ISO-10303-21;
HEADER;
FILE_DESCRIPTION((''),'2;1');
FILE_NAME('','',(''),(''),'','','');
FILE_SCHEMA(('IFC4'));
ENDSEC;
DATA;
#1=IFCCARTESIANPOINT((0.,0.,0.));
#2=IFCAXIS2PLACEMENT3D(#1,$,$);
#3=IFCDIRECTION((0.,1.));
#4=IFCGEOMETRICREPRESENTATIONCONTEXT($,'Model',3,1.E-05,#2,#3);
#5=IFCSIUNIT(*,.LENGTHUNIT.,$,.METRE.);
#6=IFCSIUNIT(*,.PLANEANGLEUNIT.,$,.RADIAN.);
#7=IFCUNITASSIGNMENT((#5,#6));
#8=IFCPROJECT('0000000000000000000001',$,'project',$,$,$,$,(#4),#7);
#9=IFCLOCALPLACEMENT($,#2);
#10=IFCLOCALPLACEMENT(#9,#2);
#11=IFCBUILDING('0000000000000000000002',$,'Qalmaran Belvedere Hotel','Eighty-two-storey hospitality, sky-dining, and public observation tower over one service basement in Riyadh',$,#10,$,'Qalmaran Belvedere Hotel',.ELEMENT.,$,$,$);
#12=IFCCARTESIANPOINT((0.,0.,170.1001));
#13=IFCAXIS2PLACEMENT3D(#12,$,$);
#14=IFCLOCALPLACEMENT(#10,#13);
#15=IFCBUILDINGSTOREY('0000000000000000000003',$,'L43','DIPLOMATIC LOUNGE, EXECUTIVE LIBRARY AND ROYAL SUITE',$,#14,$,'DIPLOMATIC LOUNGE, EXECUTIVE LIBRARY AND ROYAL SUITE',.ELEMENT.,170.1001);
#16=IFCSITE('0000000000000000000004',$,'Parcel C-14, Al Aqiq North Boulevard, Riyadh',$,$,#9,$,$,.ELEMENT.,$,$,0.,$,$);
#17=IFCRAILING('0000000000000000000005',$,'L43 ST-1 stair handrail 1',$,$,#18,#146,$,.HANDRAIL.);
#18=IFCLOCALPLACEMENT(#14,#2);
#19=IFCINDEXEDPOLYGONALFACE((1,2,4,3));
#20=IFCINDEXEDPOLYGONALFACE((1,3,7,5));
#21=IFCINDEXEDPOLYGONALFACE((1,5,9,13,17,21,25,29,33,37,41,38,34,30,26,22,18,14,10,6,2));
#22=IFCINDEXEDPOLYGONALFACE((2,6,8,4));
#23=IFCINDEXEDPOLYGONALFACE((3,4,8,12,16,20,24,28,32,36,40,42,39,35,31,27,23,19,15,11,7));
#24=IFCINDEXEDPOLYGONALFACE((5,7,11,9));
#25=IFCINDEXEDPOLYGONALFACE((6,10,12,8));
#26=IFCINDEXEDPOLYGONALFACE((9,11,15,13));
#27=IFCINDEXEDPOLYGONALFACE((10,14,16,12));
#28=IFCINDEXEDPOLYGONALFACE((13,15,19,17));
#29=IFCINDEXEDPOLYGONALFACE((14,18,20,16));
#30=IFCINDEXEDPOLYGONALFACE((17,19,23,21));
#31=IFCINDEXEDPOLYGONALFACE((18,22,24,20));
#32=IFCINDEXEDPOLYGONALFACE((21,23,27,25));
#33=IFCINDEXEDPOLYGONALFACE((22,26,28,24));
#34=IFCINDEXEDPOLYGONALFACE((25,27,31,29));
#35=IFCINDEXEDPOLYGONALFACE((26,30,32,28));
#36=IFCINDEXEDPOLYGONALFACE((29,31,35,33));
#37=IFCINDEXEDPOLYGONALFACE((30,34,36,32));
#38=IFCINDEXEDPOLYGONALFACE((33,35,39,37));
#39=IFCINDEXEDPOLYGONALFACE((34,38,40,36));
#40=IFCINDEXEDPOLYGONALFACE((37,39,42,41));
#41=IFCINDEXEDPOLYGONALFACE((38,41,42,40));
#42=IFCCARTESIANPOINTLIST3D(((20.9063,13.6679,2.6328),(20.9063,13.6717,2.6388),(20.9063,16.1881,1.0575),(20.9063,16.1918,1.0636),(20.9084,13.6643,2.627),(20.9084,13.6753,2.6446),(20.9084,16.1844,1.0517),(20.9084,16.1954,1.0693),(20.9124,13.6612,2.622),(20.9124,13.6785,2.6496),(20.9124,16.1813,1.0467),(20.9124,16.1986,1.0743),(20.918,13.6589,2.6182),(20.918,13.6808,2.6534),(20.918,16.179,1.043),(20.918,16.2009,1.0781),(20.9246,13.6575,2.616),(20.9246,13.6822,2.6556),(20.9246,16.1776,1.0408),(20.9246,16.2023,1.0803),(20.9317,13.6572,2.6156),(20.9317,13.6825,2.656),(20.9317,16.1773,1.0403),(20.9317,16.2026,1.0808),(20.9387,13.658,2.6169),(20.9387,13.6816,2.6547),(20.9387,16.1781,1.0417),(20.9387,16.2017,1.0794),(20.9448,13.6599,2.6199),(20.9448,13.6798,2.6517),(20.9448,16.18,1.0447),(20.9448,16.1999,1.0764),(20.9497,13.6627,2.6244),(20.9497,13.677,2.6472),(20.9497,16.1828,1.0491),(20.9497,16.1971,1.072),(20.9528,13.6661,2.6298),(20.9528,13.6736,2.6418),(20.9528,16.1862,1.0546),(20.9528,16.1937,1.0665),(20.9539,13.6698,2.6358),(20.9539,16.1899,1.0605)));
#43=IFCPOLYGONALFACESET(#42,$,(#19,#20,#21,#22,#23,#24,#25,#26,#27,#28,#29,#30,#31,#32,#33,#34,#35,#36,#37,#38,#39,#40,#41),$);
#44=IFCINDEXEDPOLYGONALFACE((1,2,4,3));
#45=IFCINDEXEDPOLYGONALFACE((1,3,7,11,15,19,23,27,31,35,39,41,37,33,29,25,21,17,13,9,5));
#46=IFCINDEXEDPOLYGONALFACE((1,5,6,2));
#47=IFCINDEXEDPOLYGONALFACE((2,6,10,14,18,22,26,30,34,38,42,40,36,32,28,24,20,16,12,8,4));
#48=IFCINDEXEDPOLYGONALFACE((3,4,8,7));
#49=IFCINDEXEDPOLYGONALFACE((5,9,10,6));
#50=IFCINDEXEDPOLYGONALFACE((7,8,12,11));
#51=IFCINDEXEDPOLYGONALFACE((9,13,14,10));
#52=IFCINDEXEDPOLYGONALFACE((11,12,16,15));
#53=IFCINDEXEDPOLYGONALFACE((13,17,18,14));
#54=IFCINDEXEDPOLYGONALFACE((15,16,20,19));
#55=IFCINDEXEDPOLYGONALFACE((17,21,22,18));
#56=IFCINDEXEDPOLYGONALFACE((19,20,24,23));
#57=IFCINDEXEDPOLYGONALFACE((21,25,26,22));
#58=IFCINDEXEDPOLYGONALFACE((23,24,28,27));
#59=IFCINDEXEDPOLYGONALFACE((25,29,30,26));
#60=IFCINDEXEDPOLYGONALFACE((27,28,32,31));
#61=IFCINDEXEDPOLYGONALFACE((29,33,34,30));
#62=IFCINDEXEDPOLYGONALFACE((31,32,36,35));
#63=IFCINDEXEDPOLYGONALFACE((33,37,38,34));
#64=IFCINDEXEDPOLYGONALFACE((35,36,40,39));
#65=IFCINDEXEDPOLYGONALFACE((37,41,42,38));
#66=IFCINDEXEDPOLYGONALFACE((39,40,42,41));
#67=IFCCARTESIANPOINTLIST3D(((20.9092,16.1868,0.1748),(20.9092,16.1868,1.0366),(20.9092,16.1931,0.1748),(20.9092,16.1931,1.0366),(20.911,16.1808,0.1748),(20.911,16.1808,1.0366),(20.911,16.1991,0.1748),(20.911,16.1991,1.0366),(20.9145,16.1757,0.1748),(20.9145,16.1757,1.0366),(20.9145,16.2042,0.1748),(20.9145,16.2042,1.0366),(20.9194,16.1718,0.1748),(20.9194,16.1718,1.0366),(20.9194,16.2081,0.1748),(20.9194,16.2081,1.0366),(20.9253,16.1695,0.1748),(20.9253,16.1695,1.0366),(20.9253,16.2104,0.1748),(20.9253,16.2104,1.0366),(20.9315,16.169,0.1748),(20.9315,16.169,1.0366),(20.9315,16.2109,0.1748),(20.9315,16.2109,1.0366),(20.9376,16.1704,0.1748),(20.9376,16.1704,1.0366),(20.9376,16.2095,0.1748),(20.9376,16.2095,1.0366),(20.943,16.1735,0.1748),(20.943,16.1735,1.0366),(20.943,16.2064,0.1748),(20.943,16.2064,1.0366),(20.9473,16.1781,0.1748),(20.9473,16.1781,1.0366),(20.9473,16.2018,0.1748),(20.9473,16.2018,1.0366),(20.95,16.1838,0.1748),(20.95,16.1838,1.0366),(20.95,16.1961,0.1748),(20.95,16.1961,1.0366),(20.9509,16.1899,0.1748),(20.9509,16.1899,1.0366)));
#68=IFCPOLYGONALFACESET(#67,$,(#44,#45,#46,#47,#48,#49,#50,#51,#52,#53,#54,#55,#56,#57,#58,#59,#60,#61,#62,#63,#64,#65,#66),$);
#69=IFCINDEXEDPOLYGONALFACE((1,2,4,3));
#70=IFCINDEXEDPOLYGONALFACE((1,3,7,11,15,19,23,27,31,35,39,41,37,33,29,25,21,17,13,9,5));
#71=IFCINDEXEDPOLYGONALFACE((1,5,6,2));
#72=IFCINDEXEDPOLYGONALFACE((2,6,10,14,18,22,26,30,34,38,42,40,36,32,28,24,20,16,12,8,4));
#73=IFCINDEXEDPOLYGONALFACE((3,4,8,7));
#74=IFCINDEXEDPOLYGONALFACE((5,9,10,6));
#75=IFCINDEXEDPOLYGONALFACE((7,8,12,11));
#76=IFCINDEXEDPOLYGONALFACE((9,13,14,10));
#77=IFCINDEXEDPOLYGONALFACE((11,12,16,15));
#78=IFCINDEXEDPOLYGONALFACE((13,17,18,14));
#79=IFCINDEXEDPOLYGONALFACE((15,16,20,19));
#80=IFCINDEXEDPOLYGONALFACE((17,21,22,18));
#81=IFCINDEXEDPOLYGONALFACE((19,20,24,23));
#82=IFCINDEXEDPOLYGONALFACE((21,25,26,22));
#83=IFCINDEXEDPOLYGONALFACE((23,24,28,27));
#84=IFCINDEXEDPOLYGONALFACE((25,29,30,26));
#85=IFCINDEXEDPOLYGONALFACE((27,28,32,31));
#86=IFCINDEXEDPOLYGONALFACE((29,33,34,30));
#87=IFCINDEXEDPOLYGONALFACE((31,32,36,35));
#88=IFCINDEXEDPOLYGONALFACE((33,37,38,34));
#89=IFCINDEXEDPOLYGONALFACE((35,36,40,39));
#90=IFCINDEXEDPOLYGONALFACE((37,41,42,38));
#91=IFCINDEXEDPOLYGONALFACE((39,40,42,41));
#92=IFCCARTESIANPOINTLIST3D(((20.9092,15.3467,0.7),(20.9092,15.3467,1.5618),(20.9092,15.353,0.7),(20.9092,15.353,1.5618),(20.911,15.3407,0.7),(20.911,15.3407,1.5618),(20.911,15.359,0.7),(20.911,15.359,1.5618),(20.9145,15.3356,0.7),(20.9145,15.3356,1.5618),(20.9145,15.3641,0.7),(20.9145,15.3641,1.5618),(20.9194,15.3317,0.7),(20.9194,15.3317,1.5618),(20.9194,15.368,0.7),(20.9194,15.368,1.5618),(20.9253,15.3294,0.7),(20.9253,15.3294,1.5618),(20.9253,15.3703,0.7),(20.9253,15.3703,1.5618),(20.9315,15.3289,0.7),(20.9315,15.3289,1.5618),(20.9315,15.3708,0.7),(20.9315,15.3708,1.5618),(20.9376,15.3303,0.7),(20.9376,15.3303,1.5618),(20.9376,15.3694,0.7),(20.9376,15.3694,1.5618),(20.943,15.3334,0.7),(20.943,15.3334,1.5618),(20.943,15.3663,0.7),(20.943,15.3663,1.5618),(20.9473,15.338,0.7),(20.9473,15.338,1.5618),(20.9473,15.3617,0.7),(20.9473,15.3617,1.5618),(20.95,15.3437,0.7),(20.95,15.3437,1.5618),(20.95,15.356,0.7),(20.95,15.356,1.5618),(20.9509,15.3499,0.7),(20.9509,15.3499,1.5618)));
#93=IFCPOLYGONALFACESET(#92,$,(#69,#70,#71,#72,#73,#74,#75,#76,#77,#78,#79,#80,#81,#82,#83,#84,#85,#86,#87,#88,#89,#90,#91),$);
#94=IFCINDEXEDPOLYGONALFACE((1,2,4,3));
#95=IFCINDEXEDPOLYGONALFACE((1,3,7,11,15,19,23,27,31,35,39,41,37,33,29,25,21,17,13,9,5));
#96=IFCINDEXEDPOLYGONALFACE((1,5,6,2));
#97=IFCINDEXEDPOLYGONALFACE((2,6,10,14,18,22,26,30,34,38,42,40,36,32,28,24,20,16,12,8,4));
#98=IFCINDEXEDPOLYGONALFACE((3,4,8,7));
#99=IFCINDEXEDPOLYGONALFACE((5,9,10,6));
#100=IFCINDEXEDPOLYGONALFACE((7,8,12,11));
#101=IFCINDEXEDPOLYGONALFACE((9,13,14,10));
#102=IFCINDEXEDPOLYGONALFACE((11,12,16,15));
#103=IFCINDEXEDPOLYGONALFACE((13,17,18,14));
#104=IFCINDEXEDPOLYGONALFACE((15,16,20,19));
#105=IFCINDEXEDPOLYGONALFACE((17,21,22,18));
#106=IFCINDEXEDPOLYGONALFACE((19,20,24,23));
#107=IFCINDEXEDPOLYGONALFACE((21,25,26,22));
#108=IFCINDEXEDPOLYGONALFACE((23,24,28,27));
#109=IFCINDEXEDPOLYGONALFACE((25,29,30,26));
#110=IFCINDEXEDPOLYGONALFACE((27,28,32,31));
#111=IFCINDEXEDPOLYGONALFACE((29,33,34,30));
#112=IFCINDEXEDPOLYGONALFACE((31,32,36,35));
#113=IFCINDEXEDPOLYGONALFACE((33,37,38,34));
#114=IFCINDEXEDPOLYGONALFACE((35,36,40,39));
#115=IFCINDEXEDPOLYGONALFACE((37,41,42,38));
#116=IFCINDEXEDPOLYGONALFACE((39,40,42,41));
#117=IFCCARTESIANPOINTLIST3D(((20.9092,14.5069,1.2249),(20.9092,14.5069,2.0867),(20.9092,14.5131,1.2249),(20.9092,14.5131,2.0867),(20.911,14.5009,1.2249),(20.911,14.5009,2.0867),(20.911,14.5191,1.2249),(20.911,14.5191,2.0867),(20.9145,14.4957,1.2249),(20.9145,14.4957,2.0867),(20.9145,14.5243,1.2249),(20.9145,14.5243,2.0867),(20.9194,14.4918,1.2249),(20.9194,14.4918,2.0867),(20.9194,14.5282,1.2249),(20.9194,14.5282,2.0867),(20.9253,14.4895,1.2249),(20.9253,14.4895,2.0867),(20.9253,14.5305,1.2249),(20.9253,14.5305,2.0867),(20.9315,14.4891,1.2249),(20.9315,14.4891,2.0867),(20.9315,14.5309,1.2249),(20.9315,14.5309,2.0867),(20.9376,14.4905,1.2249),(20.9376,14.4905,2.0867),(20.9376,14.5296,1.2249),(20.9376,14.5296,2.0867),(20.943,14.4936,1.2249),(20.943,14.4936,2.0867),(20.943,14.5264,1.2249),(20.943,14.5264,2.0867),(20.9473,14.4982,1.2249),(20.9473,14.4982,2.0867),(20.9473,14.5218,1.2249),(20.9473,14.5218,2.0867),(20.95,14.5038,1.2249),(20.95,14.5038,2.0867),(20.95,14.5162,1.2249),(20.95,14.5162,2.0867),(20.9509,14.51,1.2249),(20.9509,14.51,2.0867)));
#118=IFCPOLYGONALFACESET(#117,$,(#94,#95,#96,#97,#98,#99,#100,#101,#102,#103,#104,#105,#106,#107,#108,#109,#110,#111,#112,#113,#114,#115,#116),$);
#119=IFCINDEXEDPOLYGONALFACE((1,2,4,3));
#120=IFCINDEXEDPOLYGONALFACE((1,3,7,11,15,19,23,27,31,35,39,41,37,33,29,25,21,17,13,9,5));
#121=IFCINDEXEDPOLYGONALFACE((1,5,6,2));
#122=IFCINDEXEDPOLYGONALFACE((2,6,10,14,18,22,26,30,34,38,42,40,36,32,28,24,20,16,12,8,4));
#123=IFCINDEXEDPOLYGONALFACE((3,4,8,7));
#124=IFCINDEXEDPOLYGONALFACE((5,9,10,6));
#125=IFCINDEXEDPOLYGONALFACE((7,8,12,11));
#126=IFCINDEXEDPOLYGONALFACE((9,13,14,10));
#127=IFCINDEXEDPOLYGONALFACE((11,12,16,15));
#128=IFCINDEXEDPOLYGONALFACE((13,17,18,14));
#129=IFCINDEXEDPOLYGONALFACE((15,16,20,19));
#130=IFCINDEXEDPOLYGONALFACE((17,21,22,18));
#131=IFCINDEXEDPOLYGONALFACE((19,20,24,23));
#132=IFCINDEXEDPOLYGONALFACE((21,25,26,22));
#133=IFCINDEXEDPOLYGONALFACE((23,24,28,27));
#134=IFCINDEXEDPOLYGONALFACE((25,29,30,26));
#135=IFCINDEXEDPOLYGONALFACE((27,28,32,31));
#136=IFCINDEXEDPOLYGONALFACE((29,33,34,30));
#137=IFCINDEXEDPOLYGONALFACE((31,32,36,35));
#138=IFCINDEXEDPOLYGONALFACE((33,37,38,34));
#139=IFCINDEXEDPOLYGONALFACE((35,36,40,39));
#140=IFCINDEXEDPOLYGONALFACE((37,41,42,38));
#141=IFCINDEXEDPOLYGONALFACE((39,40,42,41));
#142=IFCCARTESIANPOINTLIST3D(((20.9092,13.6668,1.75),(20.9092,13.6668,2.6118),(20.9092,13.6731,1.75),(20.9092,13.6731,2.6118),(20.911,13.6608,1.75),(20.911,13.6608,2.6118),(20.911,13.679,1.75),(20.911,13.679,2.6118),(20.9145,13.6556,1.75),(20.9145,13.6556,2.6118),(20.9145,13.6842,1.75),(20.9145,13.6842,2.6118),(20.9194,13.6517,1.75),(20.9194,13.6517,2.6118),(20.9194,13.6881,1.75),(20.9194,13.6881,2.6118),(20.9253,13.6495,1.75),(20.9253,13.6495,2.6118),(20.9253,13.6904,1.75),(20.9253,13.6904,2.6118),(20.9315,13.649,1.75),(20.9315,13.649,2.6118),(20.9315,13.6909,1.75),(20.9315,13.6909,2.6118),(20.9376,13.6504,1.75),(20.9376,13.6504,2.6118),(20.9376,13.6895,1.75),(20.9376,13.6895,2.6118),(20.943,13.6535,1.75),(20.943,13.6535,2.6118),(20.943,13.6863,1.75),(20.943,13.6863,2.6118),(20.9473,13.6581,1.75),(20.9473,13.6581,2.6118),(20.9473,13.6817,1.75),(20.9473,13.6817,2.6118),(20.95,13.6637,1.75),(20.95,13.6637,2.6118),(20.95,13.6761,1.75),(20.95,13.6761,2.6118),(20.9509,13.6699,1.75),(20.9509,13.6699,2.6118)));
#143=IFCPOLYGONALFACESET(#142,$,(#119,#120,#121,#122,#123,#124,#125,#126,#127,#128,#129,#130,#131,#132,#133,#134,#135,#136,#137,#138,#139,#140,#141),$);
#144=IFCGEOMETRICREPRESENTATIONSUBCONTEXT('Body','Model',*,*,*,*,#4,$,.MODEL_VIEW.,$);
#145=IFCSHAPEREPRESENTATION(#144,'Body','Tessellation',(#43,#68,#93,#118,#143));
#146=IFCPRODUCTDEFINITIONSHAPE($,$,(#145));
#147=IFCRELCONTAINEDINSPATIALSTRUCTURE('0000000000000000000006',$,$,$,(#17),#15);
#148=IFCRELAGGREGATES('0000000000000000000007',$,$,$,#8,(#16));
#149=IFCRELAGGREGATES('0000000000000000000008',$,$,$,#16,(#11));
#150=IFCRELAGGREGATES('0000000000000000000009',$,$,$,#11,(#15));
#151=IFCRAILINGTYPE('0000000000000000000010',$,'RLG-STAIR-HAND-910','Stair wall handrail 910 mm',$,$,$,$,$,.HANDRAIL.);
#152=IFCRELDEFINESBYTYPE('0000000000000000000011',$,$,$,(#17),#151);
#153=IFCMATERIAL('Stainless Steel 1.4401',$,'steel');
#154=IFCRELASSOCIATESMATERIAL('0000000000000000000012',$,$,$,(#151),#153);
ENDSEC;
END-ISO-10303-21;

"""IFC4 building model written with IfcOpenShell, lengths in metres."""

from ifc_helpers import new_model, si_unit, direction, frame, origin, origin_2d, place, context, subcontext, project, spatial, circle, extrude, material, type_object, element, save


model = new_model("IFC4")

# Units and contexts
model_context = context("Model", 3, precision=1e-05, world=origin(), true_north=direction((0.0, 1.0)))
body_context = subcontext(model_context, "Body", "Model", "MODEL_VIEW")
ifc_project = project(units=[si_unit("LENGTHUNIT", "METRE"), si_unit("PLANEANGLEUNIT", "RADIAN")], contexts=[model_context])

# Site, building, storey
site_placement = place(None, origin())
site = spatial("IfcSite", under=ifc_project, at=site_placement, Name="Parcel C-14, Al Aqiq North Boulevard, Riyadh", CompositionType="ELEMENT", RefElevation=0.0)
building_placement = place(site_placement, origin())
building = spatial("IfcBuilding", under=site, at=building_placement, Name="Qalmaran Belvedere Hotel", Description="Eighty-two-storey hospitality, sky-dining, and public observation tower over one service basement in Riyadh", LongName="Qalmaran Belvedere Hotel", CompositionType="ELEMENT")
storey_placement = place(building_placement, frame((0.0, 0.0, 170.1001)))
storey = spatial("IfcBuildingStorey", under=building, at=storey_placement, Name="L43", Description="DIPLOMATIC LOUNGE, EXECUTIVE LIBRARY AND ROYAL SUITE", LongName="DIPLOMATIC LOUNGE, EXECUTIVE LIBRARY AND ROYAL SUITE", CompositionType="ELEMENT", Elevation=170.1001)

# Shared definitions
ifc_material_1 = material(Name="Stainless Steel 1.4401", Category="steel")

# Railing
railing_type_1 = type_object("IfcRailingType", Name="RLG-STAIR-HAND-910", Description="Stair wall handrail 910 mm", PredefinedType="HANDRAIL", material=ifc_material_1)
railing_1_placement = place(storey_placement, frame((20.9299, 16.1899, 0.1748)))
element("IfcRailing", 1, at=railing_1_placement, inside=storey, type_object=railing_type_1, Name="L43 ST-1 stair handrail 1", PredefinedType="HANDRAIL", context=body_context, shape_type="SweptSolid", body=[
    extrude(circle(Radius=0.0239, at=origin_2d()), frame((0.0, 0.0, 0.8857), z_axis=(0.0, -0.847971, 0.530043), x_axis=(1.0, 0.0, 0.0)), (0.0, 0.0, 1.0), 2.9719),
    extrude(circle(Radius=0.021, at=origin_2d()), origin(), (0.0, 0.0, 1.0), 0.8618),
    extrude(circle(Radius=0.021, at=origin_2d()), frame((0.0, -0.8401, 0.5251)), (0.0, 0.0, 1.0), 0.8618),
    extrude(circle(Radius=0.021, at=origin_2d()), frame((0.0, -1.6799, 1.05)), (0.0, 0.0, 1.0), 0.8618),
    extrude(circle(Radius=0.021, at=origin_2d()), frame((0.0, -2.52, 1.5752)), (0.0, 0.0, 1.0), 0.8618),
])

save(model, "model.ifc")
